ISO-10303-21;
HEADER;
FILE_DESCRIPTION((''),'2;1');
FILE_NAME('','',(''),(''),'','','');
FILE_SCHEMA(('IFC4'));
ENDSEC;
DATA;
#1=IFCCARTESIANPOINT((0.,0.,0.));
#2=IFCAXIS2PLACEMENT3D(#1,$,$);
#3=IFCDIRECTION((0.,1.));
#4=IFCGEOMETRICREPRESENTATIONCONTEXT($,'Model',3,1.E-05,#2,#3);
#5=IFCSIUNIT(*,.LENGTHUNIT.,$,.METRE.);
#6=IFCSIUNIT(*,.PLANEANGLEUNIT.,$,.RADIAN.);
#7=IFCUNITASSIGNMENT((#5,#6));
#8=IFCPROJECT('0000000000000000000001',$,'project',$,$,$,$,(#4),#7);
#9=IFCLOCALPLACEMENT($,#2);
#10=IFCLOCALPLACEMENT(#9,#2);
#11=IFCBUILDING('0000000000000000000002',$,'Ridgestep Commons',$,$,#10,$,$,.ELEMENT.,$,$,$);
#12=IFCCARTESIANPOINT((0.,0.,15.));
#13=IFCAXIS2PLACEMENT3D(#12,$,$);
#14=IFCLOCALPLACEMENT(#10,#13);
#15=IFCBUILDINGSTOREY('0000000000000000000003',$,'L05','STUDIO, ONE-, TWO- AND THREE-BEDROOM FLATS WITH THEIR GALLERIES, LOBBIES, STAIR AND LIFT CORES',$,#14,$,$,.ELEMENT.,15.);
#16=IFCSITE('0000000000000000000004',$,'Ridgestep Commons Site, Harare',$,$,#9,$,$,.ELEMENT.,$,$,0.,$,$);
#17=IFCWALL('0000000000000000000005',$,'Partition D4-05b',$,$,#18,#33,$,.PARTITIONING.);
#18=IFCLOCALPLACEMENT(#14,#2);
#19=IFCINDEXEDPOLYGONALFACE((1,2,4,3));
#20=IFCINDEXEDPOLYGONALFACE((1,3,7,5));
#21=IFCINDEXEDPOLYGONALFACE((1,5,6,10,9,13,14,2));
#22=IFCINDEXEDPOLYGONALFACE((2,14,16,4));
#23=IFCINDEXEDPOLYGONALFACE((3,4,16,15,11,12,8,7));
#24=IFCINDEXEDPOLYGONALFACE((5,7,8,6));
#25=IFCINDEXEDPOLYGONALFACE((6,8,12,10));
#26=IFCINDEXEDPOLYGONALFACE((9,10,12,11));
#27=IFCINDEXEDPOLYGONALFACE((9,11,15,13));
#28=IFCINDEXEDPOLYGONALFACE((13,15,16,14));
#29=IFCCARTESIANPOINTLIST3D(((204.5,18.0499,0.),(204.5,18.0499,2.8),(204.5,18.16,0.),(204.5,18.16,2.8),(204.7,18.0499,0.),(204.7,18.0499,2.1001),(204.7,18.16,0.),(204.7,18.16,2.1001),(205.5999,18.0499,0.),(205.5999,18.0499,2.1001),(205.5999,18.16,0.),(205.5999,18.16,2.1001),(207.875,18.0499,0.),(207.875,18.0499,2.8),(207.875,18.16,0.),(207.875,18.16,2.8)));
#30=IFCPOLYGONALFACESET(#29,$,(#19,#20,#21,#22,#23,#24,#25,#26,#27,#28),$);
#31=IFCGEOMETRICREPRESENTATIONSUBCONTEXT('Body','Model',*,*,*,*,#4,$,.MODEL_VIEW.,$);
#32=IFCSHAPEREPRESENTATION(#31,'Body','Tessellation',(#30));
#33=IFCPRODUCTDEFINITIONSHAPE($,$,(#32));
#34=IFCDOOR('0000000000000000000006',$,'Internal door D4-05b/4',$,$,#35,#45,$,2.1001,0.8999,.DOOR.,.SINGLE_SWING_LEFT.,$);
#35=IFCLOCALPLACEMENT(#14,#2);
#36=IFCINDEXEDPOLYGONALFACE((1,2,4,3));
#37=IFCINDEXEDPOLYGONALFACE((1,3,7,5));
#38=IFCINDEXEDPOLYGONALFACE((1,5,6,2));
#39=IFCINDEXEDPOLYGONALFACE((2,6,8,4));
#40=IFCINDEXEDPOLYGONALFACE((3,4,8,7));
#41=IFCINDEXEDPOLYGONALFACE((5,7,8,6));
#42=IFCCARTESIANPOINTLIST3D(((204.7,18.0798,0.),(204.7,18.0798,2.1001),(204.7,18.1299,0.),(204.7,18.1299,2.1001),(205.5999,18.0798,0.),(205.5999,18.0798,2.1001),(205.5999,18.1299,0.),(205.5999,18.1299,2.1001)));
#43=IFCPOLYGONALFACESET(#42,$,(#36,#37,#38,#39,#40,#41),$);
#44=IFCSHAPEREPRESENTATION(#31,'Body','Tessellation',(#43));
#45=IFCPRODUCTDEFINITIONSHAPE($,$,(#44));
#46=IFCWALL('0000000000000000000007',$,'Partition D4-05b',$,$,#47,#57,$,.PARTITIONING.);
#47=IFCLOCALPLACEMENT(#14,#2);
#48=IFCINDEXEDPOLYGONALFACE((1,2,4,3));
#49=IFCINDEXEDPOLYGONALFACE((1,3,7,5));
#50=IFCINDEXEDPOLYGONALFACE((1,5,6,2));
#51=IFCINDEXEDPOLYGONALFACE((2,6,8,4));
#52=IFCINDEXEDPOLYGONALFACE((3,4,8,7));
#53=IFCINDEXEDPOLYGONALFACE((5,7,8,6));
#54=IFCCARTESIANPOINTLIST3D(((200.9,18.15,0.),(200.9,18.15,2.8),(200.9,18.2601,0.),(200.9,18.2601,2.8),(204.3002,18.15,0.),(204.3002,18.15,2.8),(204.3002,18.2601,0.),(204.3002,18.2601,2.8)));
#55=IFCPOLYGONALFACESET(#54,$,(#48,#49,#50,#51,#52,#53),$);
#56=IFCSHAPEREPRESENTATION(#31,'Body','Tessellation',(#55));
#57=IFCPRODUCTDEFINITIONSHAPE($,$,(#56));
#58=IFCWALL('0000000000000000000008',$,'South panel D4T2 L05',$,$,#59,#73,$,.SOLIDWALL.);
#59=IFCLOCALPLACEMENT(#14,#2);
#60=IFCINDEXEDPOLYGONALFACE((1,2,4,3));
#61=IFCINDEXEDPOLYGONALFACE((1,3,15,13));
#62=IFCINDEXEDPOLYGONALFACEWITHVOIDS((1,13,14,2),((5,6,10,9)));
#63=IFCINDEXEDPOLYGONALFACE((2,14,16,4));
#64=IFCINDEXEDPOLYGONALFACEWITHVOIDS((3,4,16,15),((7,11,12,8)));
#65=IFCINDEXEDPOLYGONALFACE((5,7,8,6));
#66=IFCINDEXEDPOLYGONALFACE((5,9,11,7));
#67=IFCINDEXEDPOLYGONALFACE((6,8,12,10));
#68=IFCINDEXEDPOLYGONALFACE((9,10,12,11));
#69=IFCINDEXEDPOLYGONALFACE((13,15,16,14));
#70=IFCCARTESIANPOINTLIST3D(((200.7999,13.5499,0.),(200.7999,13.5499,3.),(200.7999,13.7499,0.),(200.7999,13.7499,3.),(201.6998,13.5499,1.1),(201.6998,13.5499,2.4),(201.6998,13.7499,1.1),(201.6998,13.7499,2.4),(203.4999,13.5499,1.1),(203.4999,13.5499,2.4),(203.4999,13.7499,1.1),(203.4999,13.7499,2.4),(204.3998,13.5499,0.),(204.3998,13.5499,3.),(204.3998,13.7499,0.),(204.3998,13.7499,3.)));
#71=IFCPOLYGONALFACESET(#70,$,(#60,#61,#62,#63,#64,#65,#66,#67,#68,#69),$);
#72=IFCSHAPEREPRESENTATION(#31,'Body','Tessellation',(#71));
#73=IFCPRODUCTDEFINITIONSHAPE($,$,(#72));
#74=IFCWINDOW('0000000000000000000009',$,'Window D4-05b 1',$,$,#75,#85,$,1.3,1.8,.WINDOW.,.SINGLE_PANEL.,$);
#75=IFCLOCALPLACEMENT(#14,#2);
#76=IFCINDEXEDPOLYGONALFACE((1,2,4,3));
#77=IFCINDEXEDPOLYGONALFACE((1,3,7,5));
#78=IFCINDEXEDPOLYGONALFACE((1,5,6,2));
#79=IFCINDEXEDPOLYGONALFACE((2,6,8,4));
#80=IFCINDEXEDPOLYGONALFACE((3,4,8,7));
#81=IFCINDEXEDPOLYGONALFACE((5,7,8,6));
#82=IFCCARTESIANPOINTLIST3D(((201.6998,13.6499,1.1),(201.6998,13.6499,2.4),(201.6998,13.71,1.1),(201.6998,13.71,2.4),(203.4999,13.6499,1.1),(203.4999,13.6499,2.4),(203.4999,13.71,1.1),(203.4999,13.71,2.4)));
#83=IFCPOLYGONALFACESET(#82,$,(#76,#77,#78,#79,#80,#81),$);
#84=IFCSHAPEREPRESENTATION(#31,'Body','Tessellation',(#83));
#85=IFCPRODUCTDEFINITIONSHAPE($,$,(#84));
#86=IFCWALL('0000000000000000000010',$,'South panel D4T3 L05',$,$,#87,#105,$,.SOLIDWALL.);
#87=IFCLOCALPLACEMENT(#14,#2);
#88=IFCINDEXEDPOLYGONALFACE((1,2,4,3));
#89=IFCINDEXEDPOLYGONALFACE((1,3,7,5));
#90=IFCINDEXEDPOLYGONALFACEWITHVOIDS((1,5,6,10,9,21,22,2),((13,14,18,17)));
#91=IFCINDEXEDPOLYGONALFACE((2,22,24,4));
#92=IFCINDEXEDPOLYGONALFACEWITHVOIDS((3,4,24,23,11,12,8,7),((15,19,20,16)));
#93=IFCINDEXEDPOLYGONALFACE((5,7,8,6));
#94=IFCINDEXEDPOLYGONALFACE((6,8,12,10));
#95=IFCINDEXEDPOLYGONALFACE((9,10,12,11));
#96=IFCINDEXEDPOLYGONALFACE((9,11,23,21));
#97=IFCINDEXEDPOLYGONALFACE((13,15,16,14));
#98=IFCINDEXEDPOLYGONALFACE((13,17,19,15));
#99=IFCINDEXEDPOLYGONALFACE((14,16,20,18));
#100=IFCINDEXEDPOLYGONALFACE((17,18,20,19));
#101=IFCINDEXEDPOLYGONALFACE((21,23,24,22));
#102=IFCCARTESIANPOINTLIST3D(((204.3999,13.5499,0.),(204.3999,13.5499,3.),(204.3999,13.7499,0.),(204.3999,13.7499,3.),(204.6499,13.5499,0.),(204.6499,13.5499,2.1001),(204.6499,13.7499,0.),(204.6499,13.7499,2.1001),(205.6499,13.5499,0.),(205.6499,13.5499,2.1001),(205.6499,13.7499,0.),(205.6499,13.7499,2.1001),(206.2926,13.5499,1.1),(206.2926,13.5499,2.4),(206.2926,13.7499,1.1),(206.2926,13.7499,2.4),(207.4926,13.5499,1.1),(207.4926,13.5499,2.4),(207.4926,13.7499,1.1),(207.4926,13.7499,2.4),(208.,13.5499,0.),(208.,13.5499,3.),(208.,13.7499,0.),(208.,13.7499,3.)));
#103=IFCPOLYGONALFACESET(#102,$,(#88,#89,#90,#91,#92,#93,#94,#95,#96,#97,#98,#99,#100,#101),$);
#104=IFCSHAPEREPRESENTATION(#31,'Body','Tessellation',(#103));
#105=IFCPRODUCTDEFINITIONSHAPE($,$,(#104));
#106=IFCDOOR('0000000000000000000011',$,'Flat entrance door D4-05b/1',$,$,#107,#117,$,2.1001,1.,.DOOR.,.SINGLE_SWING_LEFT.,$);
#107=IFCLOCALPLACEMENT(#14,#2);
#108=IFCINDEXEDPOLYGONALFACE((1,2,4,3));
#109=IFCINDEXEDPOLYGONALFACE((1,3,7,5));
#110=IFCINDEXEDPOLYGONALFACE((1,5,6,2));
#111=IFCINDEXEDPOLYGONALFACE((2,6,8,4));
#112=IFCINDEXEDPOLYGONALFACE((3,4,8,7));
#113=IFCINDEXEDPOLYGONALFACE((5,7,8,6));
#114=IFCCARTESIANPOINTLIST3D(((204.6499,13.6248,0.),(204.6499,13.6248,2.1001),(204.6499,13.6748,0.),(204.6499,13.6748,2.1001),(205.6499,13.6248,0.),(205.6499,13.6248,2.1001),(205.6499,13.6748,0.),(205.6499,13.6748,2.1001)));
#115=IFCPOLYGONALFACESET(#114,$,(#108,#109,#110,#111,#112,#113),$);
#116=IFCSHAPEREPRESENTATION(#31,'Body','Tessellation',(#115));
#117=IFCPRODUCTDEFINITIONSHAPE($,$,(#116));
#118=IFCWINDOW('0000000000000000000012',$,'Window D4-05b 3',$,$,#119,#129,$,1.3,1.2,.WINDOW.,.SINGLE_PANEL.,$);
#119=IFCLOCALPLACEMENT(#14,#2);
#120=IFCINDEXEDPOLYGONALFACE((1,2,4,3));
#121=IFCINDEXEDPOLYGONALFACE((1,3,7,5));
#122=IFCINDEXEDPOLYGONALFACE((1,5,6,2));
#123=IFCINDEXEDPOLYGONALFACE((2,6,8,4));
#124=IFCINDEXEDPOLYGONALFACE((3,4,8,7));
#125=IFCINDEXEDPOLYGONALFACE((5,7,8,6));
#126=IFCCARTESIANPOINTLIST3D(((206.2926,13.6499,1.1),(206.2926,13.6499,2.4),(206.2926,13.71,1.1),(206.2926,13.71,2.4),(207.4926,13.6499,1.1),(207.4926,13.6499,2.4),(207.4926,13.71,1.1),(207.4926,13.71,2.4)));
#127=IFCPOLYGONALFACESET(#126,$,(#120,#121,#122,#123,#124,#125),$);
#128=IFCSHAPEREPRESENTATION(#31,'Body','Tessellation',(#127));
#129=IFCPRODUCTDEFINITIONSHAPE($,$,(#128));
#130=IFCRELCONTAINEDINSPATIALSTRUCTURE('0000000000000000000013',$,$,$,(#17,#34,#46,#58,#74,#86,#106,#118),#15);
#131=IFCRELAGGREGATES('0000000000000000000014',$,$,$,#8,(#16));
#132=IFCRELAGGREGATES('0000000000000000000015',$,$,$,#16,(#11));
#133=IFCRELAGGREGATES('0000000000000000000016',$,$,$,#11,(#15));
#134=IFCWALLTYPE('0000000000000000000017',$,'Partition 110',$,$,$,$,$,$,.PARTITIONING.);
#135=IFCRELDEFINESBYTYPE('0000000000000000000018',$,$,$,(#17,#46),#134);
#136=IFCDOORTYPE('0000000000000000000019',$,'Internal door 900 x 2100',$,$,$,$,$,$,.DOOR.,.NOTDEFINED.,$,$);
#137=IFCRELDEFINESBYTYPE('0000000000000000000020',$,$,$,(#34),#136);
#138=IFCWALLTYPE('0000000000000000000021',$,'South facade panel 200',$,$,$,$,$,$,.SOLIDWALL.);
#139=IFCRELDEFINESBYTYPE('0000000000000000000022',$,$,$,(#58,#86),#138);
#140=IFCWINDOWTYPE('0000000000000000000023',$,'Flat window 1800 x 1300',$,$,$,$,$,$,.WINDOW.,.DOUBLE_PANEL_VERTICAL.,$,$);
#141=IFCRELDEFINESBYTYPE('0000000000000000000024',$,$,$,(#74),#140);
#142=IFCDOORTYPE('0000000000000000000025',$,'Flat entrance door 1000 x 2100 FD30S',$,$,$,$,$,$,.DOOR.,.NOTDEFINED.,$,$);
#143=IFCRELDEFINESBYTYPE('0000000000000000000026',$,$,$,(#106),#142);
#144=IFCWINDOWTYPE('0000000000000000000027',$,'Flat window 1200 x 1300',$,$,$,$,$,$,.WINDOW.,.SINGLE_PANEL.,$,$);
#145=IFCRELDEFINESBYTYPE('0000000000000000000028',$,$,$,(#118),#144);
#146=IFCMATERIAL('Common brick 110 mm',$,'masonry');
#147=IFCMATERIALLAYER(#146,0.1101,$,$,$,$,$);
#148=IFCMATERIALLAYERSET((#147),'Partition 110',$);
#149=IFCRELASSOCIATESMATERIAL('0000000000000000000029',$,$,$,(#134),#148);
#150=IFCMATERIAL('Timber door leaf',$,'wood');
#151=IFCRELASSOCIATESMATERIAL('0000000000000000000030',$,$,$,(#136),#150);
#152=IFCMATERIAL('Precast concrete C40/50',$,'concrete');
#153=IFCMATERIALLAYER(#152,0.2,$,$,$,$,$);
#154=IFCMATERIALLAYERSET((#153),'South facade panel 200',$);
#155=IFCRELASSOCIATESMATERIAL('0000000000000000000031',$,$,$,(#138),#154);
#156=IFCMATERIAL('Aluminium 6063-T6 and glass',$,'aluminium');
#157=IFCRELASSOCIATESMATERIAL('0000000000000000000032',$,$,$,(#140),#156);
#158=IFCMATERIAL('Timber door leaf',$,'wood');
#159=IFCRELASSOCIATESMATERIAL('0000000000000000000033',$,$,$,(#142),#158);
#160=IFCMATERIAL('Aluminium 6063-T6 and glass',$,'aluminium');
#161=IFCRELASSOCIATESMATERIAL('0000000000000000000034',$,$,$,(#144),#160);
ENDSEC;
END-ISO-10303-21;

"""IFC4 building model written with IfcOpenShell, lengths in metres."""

from ifc_helpers import new_model, si_unit, direction, frame, frame_2d, origin, place, context, subcontext, project, spatial, rectangle, extrude, material, layer, layer_set, type_object, element, fill, save


model = new_model("IFC4")

# Units and contexts
model_context = context("Model", 3, precision=1e-05, world=origin(), true_north=direction((0.0, 1.0)))
body_context = subcontext(model_context, "Body", "Model", "MODEL_VIEW")
ifc_project = project(units=[si_unit("LENGTHUNIT", "METRE"), si_unit("PLANEANGLEUNIT", "RADIAN")], contexts=[model_context])

# Site, building, storey
site_placement = place(None, origin())
site = spatial("IfcSite", under=ifc_project, at=site_placement, Name="Ridgestep Commons Site, Harare", CompositionType="ELEMENT", RefElevation=0.0)
building_placement = place(site_placement, origin())
building = spatial("IfcBuilding", under=site, at=building_placement, Name="Ridgestep Commons", CompositionType="ELEMENT")
storey_placement = place(building_placement, frame((0.0, 0.0, 15.0)))
storey = spatial("IfcBuildingStorey", under=building, at=storey_placement, Name="L05", Description="STUDIO, ONE-, TWO- AND THREE-BEDROOM FLATS WITH THEIR GALLERIES, LOBBIES, STAIR AND LIFT CORES", CompositionType="ELEMENT", Elevation=15.0)

# Shared definitions
ifc_material_1 = material(Name="Common brick 110 mm", Category="masonry")
ifc_layer_1 = layer(ifc_material_1, 0.1101)
ifc_layer_set_1 = layer_set([ifc_layer_1], Name="Partition 110")
wall_type_1 = type_object("IfcWallType", Name="Partition 110", PredefinedType="PARTITIONING", material=ifc_layer_set_1)

# Wall, opening, door
wall_1_placement = place(storey_placement, frame((204.5, 18.105, 0.0), z_axis=(0.0, 0.0, 1.0), x_axis=(1.0, 0.0, 0.0)))
wall_1 = element("IfcWall", 1, at=wall_1_placement, inside=storey, type_object=wall_type_1, Name="Partition D4-05b", PredefinedType="PARTITIONING", context=body_context, shape_type="SweptSolid", body=[
    extrude(rectangle(XDim=3.375, YDim=0.1101, at=frame_2d((1.6875, 0.0))), origin(), (0.0, 0.0, 1.0), 2.8),
])
opening_1_placement = place(wall_1_placement, frame((0.2, 0.0, 0.0)))
opening_1 = element("IfcOpeningElement", 2, at=opening_1_placement, cuts=wall_1, PredefinedType="OPENING", context=body_context, shape_type="SweptSolid", body=[
    extrude(rectangle(XDim=0.8999, YDim=2.1001, at=frame_2d((0.45, 1.05))), frame((0.0, 0.0649, 0.0), z_axis=(0.0, -1.0, 0.0), x_axis=(1.0, 0.0, 0.0)), (0.0, 0.0, 1.0), 0.1301),
])
ifc_material_2 = material(Name="Timber door leaf", Category="wood")
door_type_1 = type_object("IfcDoorType", Name="Internal door 900 x 2100", OperationType="NOTDEFINED", PredefinedType="DOOR", material=ifc_material_2)
door_1_placement = place(opening_1_placement, origin())
door_1 = element("IfcDoor", 3, at=door_1_placement, inside=storey, type_object=door_type_1, Name="Internal door D4-05b/4", OperationType="SINGLE_SWING_LEFT", OverallHeight=2.1001, OverallWidth=0.8999, PredefinedType="DOOR", context=body_context, shape_type="SweptSolid", body=[
    extrude(rectangle(XDim=0.8999, YDim=2.1001, at=frame_2d((0.45, 1.05))), frame((0.0, 0.0249, 0.0), z_axis=(0.0, -1.0, 0.0), x_axis=(1.0, 0.0, 0.0)), (0.0, 0.0, 1.0), 0.05),
])
fill(opening_1, door_1)

# Wall
wall_2_placement = place(storey_placement, frame((200.8999, 18.2051, 0.0), z_axis=(0.0, 0.0, 1.0), x_axis=(1.0, 0.0, 0.0)))
element("IfcWall", 4, at=wall_2_placement, inside=storey, type_object=wall_type_1, Name="Partition D4-05b", PredefinedType="PARTITIONING", context=body_context, shape_type="SweptSolid", body=[
    extrude(rectangle(XDim=3.4001, YDim=0.1101, at=frame_2d((1.7002, 0.0))), origin(), (0.0, 0.0, 1.0), 2.8),
])

# Wall, opening, window
ifc_material_3 = material(Name="Precast concrete C40/50", Category="concrete")
ifc_layer_2 = layer(ifc_material_3, 0.2)
ifc_layer_set_2 = layer_set([ifc_layer_2], Name="South facade panel 200")
wall_type_2 = type_object("IfcWallType", Name="South facade panel 200", PredefinedType="SOLIDWALL", material=ifc_layer_set_2)
wall_3_placement = place(storey_placement, frame((200.8, 13.6499, 0.0), z_axis=(0.0, 0.0, 1.0), x_axis=(1.0, 0.0, 0.0)))
wall_3 = element("IfcWall", 5, at=wall_3_placement, inside=storey, type_object=wall_type_2, Name="South panel D4T2 L05", PredefinedType="SOLIDWALL", context=body_context, shape_type="SweptSolid", body=[
    extrude(rectangle(XDim=3.5999, YDim=0.2, at=frame_2d((1.7998, 0.0))), origin(), (0.0, 0.0, 1.0), 3.0),
])
opening_2_placement = place(wall_3_placement, frame((0.8999, 0.0, 1.1001)))
opening_2 = element("IfcOpeningElement", 6, at=opening_2_placement, cuts=wall_3, PredefinedType="OPENING", context=body_context, shape_type="SweptSolid", body=[
    extrude(rectangle(XDim=1.8, YDim=1.3, at=frame_2d((0.8999, 0.6499))), frame((0.0, 0.1099, 0.0), z_axis=(0.0, -1.0, 0.0), x_axis=(1.0, 0.0, 0.0)), (0.0, 0.0, 1.0), 0.22),
])
ifc_material_4 = material(Name="Aluminium 6063-T6 and glass", Category="aluminium")
window_type_1 = type_object("IfcWindowType", Name="Flat window 1800 x 1300", PartitioningType="DOUBLE_PANEL_VERTICAL", PredefinedType="WINDOW", material=ifc_material_4)
window_1_placement = place(opening_2_placement, origin())
window_1 = element("IfcWindow", 7, at=window_1_placement, inside=storey, type_object=window_type_1, Name="Window D4-05b 1", OverallHeight=1.3, OverallWidth=1.8, PartitioningType="SINGLE_PANEL", PredefinedType="WINDOW", context=body_context, shape_type="SweptSolid", body=[
    extrude(rectangle(XDim=1.8, YDim=1.3, at=frame_2d((0.8999, 0.6499))), frame((0.0, 0.0601, 0.0), z_axis=(0.0, -1.0, 0.0), x_axis=(1.0, 0.0, 0.0)), (0.0, 0.0, 1.0), 0.0601),
])
fill(opening_2, window_1)

# Wall, openings, door, window
wall_4_placement = place(storey_placement, frame((204.3999, 13.6499, 0.0), z_axis=(0.0, 0.0, 1.0), x_axis=(1.0, 0.0, 0.0)))
wall_4 = element("IfcWall", 8, at=wall_4_placement, inside=storey, type_object=wall_type_2, Name="South panel D4T3 L05", PredefinedType="SOLIDWALL", context=body_context, shape_type="SweptSolid", body=[
    extrude(rectangle(XDim=3.6001, YDim=0.2, at=frame_2d((1.8, 0.0))), origin(), (0.0, 0.0, 1.0), 3.0),
])
opening_3_placement = place(wall_4_placement, frame((1.8926, 0.0, 1.1001)))
opening_3 = element("IfcOpeningElement", 9, at=opening_3_placement, cuts=wall_4, PredefinedType="OPENING", context=body_context, shape_type="SweptSolid", body=[
    extrude(rectangle(XDim=1.2, YDim=1.3, at=frame_2d((0.6001, 0.6499))), frame((0.0, 0.1099, 0.0), z_axis=(0.0, -1.0, 0.0), x_axis=(1.0, 0.0, 0.0)), (0.0, 0.0, 1.0), 0.22),
])
opening_4_placement = place(wall_4_placement, frame((0.25, 0.0, 0.0)))
opening_4 = element("IfcOpeningElement", 10, at=opening_4_placement, cuts=wall_4, PredefinedType="OPENING", context=body_context, shape_type="SweptSolid", body=[
    extrude(rectangle(XDim=1.0, YDim=2.1001, at=frame_2d((0.5, 1.05))), frame((0.0, 0.1099, 0.0), z_axis=(0.0, -1.0, 0.0), x_axis=(1.0, 0.0, 0.0)), (0.0, 0.0, 1.0), 0.22),
])
ifc_material_5 = material(Name="Timber door leaf", Category="wood")
door_type_2 = type_object("IfcDoorType", Name="Flat entrance door 1000 x 2100 FD30S", OperationType="NOTDEFINED", PredefinedType="DOOR", material=ifc_material_5)
door_2_placement = place(opening_4_placement, origin())
door_2 = element("IfcDoor", 11, at=door_2_placement, inside=storey, type_object=door_type_2, Name="Flat entrance door D4-05b/1", OperationType="SINGLE_SWING_LEFT", OverallHeight=2.1001, OverallWidth=1.0, PredefinedType="DOOR", context=body_context, shape_type="SweptSolid", body=[
    extrude(rectangle(XDim=1.0, YDim=2.1001, at=frame_2d((0.5, 1.05))), frame((0.0, 0.0249, 0.0), z_axis=(0.0, -1.0, 0.0), x_axis=(1.0, 0.0, 0.0)), (0.0, 0.0, 1.0), 0.05),
])
fill(opening_4, door_2)
ifc_material_6 = material(Name="Aluminium 6063-T6 and glass", Category="aluminium")
window_type_2 = type_object("IfcWindowType", Name="Flat window 1200 x 1300", PartitioningType="SINGLE_PANEL", PredefinedType="WINDOW", material=ifc_material_6)
window_2_placement = place(opening_3_placement, origin())
window_2 = element("IfcWindow", 12, at=window_2_placement, inside=storey, type_object=window_type_2, Name="Window D4-05b 3", OverallHeight=1.3, OverallWidth=1.2, PartitioningType="SINGLE_PANEL", PredefinedType="WINDOW", context=body_context, shape_type="SweptSolid", body=[
    extrude(rectangle(XDim=1.2, YDim=1.3, at=frame_2d((0.6001, 0.6499))), frame((0.0, 0.0601, 0.0), z_axis=(0.0, -1.0, 0.0), x_axis=(1.0, 0.0, 0.0)), (0.0, 0.0, 1.0), 0.0601),
])
fill(opening_3, window_2)

save(model, "model.ifc")
